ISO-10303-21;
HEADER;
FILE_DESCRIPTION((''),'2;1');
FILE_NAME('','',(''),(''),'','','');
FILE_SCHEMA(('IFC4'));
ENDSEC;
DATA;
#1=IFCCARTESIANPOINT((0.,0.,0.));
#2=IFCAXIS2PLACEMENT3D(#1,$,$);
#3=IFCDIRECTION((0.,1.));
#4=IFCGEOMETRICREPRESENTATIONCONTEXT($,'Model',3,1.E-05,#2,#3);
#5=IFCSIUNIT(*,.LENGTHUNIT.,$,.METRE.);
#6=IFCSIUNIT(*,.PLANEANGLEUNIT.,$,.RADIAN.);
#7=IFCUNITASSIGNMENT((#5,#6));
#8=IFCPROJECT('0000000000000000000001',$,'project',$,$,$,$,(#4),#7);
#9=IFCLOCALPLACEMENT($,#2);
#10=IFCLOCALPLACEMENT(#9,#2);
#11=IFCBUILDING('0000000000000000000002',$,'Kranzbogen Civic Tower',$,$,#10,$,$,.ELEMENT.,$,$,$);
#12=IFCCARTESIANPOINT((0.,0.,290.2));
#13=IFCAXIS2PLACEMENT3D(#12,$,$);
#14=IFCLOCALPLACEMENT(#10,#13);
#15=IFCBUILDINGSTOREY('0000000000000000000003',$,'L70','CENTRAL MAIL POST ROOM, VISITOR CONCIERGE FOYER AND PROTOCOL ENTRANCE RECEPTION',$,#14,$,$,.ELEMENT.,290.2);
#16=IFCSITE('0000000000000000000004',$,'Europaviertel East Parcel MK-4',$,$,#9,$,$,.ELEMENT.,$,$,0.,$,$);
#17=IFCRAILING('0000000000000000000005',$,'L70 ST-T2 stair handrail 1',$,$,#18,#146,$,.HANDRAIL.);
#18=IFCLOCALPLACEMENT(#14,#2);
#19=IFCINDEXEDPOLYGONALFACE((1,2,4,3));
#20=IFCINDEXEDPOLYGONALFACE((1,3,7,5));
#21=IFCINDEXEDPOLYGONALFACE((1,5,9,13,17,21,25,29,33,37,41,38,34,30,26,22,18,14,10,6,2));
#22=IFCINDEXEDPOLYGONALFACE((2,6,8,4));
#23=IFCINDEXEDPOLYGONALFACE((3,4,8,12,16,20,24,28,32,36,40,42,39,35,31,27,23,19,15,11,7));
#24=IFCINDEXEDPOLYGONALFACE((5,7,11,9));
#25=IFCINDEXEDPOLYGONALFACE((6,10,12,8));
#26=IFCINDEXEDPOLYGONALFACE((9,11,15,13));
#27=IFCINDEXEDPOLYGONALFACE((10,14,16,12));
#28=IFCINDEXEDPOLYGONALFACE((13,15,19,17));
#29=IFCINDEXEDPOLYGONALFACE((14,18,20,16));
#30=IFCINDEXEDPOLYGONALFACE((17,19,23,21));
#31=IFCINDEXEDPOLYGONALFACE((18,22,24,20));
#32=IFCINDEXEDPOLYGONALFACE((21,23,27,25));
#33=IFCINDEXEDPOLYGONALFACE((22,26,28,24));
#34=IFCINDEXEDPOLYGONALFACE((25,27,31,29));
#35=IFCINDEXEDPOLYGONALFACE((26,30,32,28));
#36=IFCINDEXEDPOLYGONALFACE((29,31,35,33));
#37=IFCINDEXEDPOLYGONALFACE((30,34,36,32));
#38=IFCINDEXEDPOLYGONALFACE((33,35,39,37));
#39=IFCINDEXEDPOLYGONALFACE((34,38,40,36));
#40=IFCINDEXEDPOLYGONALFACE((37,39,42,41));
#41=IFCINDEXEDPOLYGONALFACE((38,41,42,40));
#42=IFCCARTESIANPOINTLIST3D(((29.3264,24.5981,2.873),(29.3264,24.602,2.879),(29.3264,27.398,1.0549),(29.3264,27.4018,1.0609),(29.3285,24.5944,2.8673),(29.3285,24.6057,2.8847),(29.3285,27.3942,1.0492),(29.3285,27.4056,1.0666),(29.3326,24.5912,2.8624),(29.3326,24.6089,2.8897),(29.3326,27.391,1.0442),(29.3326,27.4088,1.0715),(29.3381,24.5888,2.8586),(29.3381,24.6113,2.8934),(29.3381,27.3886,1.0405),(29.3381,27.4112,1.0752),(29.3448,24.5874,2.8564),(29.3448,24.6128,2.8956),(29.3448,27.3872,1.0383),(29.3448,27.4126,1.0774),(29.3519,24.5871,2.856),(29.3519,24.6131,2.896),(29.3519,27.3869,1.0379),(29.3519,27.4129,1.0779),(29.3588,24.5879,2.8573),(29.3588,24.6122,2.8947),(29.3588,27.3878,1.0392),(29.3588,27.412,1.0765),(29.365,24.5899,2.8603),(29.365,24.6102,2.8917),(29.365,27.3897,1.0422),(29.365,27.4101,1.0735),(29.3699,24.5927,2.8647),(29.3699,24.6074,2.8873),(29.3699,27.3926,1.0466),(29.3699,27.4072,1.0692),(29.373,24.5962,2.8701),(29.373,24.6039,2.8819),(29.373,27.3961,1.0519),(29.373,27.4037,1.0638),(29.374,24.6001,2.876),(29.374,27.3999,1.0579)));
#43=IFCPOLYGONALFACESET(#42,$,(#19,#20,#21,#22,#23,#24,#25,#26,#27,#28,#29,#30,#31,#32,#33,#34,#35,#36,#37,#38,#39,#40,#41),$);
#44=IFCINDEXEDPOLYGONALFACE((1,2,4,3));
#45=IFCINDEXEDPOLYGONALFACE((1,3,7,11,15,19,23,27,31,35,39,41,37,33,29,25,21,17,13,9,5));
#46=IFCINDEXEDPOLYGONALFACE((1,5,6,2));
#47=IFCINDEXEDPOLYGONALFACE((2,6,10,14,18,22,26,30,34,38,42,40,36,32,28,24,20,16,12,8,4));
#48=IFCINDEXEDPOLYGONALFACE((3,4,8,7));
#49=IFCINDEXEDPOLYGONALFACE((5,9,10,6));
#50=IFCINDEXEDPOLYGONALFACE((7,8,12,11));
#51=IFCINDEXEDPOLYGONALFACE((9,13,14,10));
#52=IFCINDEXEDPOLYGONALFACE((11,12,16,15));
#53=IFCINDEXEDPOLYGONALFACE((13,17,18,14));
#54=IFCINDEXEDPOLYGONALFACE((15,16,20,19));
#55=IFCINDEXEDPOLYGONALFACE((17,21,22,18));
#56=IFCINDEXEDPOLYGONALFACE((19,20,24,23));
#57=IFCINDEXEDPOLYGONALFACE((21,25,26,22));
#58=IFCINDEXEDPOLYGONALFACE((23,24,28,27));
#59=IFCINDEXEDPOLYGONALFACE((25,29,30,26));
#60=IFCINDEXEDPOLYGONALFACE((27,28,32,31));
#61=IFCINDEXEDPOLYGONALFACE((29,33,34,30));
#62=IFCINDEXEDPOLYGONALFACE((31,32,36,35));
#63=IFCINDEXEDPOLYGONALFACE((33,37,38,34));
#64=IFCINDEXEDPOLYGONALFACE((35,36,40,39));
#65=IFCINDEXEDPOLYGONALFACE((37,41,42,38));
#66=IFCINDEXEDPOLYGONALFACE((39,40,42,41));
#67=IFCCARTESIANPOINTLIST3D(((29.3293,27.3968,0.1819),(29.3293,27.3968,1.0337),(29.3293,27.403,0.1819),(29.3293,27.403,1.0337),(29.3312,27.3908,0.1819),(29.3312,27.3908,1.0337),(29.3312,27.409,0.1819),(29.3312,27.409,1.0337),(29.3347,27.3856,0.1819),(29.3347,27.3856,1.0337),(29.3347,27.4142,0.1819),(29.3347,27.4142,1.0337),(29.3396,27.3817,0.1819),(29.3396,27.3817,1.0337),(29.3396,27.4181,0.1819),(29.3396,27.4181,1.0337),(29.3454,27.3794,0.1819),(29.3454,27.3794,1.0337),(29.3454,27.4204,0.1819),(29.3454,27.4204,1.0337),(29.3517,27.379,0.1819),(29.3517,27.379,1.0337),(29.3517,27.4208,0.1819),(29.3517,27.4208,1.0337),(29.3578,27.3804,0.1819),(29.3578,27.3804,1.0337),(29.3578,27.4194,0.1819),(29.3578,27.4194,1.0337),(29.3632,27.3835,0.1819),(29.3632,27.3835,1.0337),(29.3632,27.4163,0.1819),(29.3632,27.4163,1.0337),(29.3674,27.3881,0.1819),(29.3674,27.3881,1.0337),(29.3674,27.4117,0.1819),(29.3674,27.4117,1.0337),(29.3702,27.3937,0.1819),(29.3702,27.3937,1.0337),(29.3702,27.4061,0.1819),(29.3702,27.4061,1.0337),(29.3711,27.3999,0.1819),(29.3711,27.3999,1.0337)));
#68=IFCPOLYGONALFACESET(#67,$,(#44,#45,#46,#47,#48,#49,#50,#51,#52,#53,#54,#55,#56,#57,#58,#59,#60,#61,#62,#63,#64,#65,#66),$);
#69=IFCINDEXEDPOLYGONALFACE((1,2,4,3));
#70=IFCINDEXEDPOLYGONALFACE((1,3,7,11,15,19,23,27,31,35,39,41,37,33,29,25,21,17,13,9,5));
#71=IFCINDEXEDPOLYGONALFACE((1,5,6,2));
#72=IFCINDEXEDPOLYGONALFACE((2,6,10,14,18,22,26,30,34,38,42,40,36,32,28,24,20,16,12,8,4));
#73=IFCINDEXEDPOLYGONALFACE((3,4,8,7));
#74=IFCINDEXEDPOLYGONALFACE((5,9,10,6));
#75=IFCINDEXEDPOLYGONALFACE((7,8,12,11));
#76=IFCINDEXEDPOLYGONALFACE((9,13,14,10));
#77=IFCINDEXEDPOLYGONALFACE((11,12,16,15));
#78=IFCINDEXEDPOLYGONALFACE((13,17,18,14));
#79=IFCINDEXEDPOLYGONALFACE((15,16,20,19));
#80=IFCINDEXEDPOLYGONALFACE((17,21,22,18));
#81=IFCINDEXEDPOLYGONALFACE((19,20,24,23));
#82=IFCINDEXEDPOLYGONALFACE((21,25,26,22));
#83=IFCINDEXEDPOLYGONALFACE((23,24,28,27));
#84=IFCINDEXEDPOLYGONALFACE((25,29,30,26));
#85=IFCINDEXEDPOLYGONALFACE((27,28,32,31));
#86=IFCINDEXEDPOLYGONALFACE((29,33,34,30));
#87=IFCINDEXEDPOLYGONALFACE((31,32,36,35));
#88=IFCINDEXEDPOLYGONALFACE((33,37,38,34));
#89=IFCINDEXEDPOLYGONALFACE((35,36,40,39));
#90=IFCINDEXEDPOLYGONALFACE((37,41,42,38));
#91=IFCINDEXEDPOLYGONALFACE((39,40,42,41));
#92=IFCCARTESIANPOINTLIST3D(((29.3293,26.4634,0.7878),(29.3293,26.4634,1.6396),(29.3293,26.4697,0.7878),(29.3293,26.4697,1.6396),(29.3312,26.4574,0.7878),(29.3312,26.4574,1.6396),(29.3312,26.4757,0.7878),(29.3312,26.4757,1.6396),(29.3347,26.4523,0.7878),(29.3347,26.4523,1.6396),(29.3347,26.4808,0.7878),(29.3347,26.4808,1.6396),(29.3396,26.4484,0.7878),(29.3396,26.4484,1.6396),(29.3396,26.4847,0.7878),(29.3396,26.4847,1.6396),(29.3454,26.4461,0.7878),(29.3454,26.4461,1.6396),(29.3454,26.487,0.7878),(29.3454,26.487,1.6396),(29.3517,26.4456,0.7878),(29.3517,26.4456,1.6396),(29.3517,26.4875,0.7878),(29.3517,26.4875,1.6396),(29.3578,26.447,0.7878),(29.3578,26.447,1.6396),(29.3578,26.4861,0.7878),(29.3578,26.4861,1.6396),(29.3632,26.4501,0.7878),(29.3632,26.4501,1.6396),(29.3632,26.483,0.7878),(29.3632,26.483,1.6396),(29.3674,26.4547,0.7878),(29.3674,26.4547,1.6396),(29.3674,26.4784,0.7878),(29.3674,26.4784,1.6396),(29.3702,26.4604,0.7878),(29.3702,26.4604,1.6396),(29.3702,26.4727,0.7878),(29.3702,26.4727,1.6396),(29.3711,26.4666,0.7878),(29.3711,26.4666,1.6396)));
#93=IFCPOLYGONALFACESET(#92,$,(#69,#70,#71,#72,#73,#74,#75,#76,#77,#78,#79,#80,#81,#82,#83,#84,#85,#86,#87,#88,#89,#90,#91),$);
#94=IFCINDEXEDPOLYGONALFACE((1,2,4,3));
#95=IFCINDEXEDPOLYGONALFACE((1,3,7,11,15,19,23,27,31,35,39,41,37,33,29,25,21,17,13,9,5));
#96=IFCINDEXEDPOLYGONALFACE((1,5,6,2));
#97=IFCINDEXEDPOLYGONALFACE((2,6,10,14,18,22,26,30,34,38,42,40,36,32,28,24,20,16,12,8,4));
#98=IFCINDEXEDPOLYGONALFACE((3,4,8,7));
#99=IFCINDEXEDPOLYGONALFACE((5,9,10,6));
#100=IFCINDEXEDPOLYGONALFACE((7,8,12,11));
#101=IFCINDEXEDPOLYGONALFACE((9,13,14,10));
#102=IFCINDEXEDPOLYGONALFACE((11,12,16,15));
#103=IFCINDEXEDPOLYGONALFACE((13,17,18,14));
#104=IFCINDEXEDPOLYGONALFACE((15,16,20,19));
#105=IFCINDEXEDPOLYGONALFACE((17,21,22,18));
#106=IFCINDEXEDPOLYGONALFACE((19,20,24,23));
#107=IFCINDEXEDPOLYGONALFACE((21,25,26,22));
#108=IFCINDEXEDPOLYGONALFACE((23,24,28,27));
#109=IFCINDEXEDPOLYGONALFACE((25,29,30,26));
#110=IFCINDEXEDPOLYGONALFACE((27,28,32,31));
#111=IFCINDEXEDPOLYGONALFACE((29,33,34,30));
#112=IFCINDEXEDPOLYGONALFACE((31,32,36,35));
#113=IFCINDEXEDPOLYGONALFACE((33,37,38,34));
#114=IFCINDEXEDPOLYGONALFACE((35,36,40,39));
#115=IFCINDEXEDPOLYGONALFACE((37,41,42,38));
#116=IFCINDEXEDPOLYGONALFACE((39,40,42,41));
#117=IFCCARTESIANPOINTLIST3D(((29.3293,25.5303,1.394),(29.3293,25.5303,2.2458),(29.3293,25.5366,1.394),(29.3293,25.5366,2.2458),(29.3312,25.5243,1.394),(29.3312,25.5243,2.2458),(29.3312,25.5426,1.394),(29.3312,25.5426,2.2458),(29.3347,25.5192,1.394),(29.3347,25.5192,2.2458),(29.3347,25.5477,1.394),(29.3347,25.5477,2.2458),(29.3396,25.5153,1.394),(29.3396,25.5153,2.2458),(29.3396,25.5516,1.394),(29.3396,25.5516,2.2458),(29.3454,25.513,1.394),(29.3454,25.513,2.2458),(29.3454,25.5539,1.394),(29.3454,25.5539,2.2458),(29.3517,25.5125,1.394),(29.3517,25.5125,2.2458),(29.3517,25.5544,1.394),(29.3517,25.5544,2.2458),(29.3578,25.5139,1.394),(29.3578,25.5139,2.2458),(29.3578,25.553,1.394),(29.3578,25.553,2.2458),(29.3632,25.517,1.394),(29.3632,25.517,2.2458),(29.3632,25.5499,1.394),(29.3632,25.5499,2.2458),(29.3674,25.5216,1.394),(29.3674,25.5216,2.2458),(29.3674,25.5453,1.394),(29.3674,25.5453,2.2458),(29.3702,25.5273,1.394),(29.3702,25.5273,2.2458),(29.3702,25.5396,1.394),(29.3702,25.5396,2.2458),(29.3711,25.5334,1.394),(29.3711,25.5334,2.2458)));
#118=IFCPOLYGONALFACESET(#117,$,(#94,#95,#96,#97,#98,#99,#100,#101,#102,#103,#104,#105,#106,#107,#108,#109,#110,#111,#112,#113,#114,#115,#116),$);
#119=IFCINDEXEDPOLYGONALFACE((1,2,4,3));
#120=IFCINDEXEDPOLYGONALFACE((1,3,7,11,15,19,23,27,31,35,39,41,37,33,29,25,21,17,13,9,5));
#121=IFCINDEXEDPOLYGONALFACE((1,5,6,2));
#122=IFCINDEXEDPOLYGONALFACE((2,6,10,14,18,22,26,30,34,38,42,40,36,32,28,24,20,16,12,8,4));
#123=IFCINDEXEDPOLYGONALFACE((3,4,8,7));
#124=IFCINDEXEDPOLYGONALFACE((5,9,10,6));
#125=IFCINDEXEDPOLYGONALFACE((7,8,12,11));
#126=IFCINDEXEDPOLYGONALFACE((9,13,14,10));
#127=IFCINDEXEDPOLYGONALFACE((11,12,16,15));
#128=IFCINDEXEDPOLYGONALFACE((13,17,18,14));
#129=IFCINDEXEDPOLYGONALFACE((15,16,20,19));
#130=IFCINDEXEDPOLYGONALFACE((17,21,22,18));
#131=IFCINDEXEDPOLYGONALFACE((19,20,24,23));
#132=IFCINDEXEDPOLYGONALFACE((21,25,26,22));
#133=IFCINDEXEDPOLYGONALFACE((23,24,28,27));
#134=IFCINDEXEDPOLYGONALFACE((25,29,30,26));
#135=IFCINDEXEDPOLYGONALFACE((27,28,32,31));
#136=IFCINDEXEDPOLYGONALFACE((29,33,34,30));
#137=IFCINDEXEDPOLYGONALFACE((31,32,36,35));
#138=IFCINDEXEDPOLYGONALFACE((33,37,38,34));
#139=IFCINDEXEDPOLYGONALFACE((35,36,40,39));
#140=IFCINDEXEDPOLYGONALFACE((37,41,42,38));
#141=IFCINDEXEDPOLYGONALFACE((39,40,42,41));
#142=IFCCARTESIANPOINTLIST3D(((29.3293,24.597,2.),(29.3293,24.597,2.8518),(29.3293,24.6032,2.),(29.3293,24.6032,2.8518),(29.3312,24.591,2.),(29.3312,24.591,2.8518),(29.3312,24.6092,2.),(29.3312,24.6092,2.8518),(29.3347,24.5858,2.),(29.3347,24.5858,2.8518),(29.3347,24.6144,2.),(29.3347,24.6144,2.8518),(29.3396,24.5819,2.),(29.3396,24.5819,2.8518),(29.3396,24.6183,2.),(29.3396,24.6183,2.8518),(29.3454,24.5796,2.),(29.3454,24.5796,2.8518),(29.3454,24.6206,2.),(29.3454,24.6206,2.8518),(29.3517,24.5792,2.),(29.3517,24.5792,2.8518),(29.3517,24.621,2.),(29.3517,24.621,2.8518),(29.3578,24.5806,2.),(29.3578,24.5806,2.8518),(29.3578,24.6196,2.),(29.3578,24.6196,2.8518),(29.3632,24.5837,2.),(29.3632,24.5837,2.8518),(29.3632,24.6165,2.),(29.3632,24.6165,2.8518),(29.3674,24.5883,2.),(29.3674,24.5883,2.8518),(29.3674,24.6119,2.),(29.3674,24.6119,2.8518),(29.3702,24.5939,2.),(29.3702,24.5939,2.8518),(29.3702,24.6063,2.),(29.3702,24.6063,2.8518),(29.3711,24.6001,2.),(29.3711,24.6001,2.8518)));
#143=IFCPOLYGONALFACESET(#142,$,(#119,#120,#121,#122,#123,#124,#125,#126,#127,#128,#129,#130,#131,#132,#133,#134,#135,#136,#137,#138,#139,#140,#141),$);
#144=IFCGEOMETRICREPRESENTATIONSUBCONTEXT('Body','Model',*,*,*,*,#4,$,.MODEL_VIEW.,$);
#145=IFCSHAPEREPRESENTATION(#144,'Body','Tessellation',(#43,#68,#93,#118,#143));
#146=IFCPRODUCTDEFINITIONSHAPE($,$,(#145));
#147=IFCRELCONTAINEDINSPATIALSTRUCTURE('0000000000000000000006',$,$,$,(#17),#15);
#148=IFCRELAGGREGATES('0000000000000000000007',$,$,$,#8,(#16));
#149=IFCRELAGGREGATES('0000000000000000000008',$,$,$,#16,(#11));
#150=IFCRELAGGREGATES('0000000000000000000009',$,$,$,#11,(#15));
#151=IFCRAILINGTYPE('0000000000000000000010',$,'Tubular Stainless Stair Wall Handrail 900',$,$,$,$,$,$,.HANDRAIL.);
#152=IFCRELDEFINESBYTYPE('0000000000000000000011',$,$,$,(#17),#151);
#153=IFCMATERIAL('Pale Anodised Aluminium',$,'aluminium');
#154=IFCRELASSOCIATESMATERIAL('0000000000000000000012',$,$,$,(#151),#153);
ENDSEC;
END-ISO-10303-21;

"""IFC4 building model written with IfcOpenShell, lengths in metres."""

from ifc_helpers import new_model, si_unit, direction, frame, origin, origin_2d, place, context, subcontext, project, spatial, circle, extrude, material, type_object, element, save


model = new_model("IFC4")

# Units and contexts
model_context = context("Model", 3, precision=1e-05, world=origin(), true_north=direction((0.0, 1.0)))
body_context = subcontext(model_context, "Body", "Model", "MODEL_VIEW")
ifc_project = project(units=[si_unit("LENGTHUNIT", "METRE"), si_unit("PLANEANGLEUNIT", "RADIAN")], contexts=[model_context])

# Site, building, storey
site_placement = place(None, origin())
site = spatial("IfcSite", under=ifc_project, at=site_placement, Name="Europaviertel East Parcel MK-4", CompositionType="ELEMENT", RefElevation=0.0)
building_placement = place(site_placement, origin())
building = spatial("IfcBuilding", under=site, at=building_placement, Name="Kranzbogen Civic Tower", CompositionType="ELEMENT")
storey_placement = place(building_placement, frame((0.0, 0.0, 290.2)))
storey = spatial("IfcBuildingStorey", under=building, at=storey_placement, Name="L70", Description="CENTRAL MAIL POST ROOM, VISITOR CONCIERGE FOYER AND PROTOCOL ENTRANCE RECEPTION", CompositionType="ELEMENT", Elevation=290.2)

# Shared definitions
ifc_material_1 = material(Name="Pale Anodised Aluminium", Category="aluminium")

# Railing
railing_type_1 = type_object("IfcRailingType", Name="Tubular Stainless Stair Wall Handrail 900", PredefinedType="HANDRAIL", material=ifc_material_1)
railing_1_placement = place(storey_placement, frame((29.3501, 27.3999, 0.1819)))
element("IfcRailing", 1, at=railing_1_placement, inside=storey, type_object=railing_type_1, Name="L70 ST-T2 stair handrail 1", PredefinedType="HANDRAIL", context=body_context, shape_type="SweptSolid", body=[
    extrude(circle(Radius=0.0239, at=origin_2d()), frame((0.0, 0.0, 0.876), z_axis=(0.0, -0.838684, 0.544618), x_axis=(1.0, 0.0, 0.0)), (0.0, 0.0, 1.0), 3.3384),
    extrude(circle(Radius=0.021, at=origin_2d()), origin(), (0.0, 0.0, 1.0), 0.8518),
    extrude(circle(Radius=0.021, at=origin_2d()), frame((0.0, -0.9333, 0.606)), (0.0, 0.0, 1.0), 0.8518),
    extrude(circle(Radius=0.021, at=origin_2d()), frame((0.0, -1.8665, 1.2122)), (0.0, 0.0, 1.0), 0.8518),
    extrude(circle(Radius=0.021, at=origin_2d()), frame((0.0, -2.7998, 1.8181)), (0.0, 0.0, 1.0), 0.8518),
])

save(model, "model.ifc")
